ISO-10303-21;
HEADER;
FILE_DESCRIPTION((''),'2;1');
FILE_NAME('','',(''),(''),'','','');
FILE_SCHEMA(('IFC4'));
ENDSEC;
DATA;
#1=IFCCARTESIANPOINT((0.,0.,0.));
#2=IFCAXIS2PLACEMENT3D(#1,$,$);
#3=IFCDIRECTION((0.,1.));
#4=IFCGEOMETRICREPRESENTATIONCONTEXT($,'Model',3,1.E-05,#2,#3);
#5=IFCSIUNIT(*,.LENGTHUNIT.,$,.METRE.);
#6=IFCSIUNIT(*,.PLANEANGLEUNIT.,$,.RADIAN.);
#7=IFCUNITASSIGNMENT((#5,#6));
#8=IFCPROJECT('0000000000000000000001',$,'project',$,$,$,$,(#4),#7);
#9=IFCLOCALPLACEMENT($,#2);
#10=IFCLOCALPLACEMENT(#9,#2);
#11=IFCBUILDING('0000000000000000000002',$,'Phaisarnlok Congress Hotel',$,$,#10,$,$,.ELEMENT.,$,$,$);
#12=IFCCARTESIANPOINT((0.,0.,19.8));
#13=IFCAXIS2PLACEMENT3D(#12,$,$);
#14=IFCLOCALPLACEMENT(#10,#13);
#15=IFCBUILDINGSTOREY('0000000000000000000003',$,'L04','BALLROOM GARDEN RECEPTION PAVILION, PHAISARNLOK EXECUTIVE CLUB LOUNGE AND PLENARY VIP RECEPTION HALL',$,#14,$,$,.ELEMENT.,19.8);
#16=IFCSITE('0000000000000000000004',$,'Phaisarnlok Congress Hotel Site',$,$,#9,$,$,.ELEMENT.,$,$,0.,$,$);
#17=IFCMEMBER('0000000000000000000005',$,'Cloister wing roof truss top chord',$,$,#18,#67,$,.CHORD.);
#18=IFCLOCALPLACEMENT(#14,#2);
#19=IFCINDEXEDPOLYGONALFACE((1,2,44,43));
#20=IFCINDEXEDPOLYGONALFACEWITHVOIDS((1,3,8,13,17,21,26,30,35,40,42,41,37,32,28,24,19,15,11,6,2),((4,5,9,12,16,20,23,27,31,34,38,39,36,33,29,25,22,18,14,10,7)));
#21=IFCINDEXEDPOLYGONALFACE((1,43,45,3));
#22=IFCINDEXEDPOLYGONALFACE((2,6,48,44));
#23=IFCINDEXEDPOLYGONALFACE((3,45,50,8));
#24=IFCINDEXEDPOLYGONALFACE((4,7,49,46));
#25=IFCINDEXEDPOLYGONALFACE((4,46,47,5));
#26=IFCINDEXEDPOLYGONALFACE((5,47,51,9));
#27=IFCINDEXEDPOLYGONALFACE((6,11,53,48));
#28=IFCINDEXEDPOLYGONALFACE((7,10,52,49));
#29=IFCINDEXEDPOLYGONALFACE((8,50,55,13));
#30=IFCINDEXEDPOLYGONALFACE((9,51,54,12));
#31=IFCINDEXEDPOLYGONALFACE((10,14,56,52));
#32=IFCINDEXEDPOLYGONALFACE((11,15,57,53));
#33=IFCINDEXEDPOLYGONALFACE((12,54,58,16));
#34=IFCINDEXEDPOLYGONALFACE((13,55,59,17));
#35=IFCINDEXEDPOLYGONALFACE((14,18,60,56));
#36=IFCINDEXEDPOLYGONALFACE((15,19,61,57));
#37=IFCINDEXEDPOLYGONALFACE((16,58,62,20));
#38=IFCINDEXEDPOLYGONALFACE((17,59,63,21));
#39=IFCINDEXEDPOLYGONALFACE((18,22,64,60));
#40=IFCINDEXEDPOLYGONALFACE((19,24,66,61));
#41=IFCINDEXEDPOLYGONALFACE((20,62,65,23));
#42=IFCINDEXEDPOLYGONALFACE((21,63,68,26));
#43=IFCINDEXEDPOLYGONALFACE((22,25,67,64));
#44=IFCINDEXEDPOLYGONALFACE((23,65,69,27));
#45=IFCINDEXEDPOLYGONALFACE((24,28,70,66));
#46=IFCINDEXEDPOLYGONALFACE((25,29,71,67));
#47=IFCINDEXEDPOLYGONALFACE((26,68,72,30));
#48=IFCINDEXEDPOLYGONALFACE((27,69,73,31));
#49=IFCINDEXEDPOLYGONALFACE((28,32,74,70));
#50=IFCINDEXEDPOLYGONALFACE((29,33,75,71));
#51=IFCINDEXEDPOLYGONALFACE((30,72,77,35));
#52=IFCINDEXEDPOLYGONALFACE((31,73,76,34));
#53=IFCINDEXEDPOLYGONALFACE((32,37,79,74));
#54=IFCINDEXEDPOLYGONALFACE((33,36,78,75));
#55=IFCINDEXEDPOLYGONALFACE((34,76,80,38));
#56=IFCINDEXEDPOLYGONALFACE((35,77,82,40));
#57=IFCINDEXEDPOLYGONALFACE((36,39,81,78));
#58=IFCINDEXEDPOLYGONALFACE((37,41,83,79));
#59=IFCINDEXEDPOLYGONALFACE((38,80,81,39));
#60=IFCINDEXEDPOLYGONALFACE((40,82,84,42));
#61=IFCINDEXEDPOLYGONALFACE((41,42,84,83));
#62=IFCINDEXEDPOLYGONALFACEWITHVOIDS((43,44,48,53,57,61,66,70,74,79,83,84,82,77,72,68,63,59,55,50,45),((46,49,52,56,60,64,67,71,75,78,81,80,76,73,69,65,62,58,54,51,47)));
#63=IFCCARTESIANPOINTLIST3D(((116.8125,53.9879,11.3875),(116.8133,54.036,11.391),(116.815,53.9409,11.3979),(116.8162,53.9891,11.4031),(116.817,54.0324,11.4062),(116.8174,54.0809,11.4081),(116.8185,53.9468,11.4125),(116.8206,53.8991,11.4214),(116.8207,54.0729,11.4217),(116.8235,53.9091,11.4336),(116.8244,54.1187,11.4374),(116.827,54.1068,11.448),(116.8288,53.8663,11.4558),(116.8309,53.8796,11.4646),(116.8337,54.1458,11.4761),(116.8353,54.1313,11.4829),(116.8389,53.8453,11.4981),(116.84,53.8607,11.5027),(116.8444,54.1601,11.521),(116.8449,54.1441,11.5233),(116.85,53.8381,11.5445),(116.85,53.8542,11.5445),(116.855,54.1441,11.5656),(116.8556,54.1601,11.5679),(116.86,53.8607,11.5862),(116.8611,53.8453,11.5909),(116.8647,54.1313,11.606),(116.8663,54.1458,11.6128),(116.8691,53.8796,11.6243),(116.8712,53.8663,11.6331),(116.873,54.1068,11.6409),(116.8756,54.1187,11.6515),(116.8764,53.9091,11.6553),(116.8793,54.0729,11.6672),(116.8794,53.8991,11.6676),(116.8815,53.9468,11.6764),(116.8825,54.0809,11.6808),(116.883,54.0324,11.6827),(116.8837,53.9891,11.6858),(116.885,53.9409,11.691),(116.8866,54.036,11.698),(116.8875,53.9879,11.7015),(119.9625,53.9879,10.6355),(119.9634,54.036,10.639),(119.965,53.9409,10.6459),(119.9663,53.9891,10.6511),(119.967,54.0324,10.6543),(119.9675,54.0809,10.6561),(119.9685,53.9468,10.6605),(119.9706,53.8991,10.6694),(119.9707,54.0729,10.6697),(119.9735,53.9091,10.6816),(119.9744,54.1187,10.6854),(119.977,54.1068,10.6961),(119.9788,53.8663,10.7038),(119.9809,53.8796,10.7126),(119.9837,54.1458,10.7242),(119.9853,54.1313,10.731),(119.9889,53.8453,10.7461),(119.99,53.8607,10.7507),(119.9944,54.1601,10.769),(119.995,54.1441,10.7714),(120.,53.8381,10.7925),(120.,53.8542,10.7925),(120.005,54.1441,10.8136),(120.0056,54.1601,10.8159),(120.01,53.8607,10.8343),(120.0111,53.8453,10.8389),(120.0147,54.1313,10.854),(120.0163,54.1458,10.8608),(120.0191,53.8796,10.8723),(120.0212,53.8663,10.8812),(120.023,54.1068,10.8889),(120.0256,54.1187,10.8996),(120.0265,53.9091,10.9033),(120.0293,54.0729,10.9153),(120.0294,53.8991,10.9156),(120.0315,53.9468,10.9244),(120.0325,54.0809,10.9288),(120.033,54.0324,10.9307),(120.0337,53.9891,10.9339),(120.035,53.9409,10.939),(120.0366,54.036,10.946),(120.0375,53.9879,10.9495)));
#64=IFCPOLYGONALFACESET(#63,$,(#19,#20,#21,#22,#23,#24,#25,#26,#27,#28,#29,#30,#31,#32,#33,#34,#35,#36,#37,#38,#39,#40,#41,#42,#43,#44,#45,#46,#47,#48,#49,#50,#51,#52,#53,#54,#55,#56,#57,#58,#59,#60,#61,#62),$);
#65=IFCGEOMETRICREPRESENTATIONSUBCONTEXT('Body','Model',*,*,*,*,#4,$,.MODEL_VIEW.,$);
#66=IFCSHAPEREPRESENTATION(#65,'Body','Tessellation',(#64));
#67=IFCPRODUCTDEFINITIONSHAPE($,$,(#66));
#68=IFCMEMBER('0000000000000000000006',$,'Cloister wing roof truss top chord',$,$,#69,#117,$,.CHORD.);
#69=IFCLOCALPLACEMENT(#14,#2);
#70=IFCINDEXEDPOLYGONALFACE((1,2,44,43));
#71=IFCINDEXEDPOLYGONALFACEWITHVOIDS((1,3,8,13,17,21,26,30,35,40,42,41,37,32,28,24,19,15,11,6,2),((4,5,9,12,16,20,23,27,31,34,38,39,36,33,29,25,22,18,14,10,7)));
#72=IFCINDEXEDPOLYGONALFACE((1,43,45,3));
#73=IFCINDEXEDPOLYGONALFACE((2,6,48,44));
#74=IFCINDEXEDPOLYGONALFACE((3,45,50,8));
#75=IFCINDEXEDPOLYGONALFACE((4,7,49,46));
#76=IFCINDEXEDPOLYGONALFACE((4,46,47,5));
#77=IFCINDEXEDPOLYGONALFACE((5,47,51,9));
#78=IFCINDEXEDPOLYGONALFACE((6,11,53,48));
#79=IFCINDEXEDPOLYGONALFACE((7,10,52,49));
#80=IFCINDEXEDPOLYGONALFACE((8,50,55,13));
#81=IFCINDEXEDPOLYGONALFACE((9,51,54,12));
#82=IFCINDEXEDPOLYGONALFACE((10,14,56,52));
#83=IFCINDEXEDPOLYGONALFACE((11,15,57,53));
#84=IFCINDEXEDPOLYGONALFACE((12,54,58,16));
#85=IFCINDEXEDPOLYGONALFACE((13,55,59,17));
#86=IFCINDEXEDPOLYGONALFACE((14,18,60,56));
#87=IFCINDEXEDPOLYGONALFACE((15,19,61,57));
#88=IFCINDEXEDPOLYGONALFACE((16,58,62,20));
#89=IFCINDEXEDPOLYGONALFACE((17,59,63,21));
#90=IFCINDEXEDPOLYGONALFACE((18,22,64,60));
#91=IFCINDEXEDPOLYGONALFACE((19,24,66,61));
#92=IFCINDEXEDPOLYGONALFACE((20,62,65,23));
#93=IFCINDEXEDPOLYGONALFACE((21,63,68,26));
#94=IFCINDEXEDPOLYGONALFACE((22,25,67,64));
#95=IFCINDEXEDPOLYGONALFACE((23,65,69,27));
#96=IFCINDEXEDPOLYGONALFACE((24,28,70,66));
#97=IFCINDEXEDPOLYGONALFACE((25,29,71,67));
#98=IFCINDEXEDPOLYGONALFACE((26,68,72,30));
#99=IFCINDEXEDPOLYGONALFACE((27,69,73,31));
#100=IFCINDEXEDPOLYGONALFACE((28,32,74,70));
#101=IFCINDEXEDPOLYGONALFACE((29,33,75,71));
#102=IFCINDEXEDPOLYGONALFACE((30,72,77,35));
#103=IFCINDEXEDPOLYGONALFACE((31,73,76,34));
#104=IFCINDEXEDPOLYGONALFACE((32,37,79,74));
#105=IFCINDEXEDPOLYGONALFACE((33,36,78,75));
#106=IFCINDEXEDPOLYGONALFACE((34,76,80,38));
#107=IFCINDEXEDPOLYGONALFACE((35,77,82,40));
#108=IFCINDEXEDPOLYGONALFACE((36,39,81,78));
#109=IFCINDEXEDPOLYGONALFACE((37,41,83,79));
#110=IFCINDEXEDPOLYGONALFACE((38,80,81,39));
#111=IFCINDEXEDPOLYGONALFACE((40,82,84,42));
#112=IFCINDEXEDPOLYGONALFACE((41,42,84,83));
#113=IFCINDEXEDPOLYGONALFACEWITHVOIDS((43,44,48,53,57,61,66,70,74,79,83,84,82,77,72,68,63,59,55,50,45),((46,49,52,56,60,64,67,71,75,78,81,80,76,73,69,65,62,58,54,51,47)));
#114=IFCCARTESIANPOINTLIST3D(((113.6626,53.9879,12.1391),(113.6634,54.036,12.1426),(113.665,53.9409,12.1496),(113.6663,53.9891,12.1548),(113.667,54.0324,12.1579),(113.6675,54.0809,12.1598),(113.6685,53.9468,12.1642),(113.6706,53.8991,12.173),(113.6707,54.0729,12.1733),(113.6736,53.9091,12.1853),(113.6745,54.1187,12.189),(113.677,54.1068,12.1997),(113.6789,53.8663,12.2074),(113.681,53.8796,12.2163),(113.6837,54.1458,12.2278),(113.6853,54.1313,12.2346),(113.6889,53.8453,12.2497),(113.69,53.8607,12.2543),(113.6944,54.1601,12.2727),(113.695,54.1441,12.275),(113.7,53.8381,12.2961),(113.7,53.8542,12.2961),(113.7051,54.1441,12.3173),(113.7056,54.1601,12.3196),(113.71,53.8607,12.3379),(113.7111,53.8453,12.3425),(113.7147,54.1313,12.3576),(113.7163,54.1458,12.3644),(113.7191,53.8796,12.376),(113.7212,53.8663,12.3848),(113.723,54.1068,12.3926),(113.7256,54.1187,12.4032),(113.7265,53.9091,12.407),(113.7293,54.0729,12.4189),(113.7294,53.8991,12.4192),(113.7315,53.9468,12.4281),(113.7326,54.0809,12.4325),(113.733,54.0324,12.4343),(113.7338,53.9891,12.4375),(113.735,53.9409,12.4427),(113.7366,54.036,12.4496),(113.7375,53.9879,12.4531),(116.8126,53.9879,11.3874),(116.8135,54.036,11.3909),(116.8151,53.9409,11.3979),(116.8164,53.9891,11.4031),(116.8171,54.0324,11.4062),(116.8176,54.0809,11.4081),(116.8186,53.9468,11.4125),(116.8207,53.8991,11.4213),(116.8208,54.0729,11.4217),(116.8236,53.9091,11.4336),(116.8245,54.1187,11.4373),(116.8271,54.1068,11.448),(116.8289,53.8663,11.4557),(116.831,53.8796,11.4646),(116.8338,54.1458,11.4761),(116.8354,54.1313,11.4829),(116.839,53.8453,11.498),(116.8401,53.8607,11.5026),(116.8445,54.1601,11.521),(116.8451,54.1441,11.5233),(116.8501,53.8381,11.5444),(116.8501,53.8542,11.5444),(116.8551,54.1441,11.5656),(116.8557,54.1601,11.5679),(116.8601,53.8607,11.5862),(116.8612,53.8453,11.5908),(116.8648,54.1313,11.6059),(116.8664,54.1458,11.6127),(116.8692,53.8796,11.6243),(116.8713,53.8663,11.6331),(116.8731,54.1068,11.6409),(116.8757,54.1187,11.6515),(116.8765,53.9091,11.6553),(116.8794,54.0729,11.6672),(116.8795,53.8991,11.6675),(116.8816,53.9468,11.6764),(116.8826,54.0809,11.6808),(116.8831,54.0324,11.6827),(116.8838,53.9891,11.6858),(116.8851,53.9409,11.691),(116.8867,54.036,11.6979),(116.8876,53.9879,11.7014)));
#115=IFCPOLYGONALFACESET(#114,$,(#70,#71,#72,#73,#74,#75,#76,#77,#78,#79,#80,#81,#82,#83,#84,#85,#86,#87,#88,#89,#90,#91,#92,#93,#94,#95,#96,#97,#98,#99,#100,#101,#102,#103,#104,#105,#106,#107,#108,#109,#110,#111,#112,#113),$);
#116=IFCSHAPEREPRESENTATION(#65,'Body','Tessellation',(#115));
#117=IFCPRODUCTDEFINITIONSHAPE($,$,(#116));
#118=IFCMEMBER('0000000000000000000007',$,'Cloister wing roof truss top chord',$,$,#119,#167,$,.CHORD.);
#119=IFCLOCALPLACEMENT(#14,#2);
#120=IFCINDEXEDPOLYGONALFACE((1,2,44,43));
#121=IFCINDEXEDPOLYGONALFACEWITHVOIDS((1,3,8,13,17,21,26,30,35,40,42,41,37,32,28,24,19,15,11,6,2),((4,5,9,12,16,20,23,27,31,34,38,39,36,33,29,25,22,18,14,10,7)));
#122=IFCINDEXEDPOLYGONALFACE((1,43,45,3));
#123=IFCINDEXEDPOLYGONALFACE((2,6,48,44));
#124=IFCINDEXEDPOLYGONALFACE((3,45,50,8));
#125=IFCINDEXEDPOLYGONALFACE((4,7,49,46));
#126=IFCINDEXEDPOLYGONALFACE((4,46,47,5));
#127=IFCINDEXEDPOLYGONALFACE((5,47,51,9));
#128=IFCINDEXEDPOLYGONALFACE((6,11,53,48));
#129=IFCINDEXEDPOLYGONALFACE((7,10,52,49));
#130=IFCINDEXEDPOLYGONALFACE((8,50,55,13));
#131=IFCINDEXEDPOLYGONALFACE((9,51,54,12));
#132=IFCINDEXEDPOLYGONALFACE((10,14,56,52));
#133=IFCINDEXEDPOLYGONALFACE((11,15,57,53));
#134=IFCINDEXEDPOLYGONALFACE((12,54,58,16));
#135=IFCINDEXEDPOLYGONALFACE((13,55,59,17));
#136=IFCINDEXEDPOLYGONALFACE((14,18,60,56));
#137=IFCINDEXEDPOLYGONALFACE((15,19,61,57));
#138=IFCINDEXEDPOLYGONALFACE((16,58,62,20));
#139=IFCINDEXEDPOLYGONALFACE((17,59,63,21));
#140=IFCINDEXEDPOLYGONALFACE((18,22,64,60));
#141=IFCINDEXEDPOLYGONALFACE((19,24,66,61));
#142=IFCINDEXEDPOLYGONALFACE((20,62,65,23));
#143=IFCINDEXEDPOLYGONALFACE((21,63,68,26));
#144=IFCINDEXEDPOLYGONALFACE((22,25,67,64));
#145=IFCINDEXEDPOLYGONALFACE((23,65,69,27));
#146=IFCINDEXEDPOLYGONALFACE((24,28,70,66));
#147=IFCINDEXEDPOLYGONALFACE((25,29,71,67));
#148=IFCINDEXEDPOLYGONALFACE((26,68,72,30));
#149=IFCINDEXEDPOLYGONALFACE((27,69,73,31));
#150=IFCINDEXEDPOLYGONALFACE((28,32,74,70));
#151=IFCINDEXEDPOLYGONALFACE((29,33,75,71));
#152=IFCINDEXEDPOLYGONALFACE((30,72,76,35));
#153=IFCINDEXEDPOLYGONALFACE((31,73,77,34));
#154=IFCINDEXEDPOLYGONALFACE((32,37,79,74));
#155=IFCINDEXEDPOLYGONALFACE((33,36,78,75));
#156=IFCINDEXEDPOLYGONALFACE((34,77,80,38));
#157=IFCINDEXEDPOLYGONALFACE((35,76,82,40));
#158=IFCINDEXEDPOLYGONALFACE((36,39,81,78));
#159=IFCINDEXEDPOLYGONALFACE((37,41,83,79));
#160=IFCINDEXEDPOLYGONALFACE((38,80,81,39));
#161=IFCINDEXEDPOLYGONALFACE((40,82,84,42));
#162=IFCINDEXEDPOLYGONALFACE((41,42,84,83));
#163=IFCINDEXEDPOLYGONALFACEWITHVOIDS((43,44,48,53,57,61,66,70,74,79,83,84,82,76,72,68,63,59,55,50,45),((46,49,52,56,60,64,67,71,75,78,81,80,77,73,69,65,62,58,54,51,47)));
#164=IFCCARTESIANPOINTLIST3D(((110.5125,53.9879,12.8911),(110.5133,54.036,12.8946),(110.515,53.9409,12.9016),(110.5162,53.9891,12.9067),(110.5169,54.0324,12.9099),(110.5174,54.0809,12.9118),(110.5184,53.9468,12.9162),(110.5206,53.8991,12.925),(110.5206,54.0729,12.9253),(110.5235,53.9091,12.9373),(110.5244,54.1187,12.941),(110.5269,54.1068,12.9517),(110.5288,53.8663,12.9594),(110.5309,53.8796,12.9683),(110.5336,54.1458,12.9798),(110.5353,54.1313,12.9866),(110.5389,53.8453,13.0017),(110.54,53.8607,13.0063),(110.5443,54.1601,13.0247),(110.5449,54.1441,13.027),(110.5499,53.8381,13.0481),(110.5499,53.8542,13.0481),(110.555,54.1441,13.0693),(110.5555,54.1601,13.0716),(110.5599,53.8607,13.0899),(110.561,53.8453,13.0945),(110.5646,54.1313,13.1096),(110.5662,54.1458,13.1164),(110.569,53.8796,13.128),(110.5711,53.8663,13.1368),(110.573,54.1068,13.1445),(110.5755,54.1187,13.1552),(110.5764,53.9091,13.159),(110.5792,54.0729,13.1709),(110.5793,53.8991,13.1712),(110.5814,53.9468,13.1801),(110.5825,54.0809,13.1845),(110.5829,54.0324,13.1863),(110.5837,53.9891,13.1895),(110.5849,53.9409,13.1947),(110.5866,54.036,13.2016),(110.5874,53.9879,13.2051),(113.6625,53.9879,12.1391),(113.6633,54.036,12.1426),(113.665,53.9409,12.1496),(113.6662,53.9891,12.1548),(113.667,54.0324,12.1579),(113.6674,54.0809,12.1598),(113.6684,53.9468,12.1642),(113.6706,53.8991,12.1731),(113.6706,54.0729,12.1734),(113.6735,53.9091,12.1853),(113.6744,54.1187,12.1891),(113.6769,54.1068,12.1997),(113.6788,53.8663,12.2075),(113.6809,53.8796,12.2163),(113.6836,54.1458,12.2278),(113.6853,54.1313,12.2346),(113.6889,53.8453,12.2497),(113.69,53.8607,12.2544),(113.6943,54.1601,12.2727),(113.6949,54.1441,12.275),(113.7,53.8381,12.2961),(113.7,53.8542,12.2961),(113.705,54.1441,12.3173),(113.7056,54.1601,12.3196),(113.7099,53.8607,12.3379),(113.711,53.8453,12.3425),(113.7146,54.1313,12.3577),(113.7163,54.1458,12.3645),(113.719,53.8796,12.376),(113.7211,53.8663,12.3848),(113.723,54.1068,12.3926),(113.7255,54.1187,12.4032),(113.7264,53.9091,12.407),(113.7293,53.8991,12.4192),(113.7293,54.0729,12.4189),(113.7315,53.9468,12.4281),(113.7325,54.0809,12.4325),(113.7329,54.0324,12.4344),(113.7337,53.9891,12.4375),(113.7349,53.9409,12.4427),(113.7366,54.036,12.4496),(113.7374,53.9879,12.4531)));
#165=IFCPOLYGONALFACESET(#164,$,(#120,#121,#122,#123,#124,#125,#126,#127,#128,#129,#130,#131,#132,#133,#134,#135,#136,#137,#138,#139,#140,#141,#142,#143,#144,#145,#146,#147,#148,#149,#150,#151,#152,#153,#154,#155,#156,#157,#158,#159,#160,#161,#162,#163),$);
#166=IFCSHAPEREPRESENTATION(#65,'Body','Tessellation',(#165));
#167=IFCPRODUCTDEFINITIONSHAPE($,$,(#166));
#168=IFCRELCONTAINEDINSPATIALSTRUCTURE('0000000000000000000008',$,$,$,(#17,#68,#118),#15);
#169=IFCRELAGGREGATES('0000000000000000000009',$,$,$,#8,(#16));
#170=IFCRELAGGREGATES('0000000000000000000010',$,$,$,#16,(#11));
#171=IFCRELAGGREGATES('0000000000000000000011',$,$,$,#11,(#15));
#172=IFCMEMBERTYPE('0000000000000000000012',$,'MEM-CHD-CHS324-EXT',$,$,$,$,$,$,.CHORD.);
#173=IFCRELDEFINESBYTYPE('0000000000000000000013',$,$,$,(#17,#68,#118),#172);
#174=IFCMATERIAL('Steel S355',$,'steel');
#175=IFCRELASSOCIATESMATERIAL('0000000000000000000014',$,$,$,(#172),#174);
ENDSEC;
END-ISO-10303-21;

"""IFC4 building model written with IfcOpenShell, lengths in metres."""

from ifc_helpers import new_model, si_unit, direction, frame, origin, origin_2d, place, context, subcontext, project, spatial, hollow_circle, extrude, material, material_profile, profile_set, type_object, element, save


model = new_model("IFC4")

# Units and contexts
model_context = context("Model", 3, precision=1e-05, world=origin(), true_north=direction((0.0, 1.0)))
body_context = subcontext(model_context, "Body", "Model", "MODEL_VIEW")
ifc_project = project(units=[si_unit("LENGTHUNIT", "METRE"), si_unit("PLANEANGLEUNIT", "RADIAN")], contexts=[model_context])

# Site, building, storey
site_placement = place(None, origin())
site = spatial("IfcSite", under=ifc_project, at=site_placement, Name="Phaisarnlok Congress Hotel Site", CompositionType="ELEMENT", RefElevation=0.0)
building_placement = place(site_placement, origin())
building = spatial("IfcBuilding", under=site, at=building_placement, Name="Phaisarnlok Congress Hotel", CompositionType="ELEMENT")
storey_placement = place(building_placement, frame((0.0, 0.0, 19.8)))
storey = spatial("IfcBuildingStorey", under=building, at=storey_placement, Name="L04", Description="BALLROOM GARDEN RECEPTION PAVILION, PHAISARNLOK EXECUTIVE CLUB LOUNGE AND PLENARY VIP RECEPTION HALL", CompositionType="ELEMENT", Elevation=19.8)

# Shared definitions
ifc_material_1 = material(Name="Steel S355", Category="steel")

# Members
ifc_material_profile_1 = material_profile(ifc_material_1, hollow_circle(Radius=0.1619, WallThickness=0.0161, at=origin_2d()), Name="CHS 323.9x16")
ifc_profile_set_1 = profile_set([ifc_material_profile_1], Name="Steel S355")
member_type_1 = type_object("IfcMemberType", Name="MEM-CHD-CHS324-EXT", PredefinedType="CHORD", material=ifc_profile_set_1)
for number, where, z_axis, x_axis, name in (
    (1, (120.0, 54.0, 10.7925), (-0.972669, 0.0, 0.232198), (0.0, -1.0, 0.0), "Cloister wing roof truss top chord"),
    (2, (116.8501, 54.0, 11.5444), (-0.97269, 0.0, 0.23211), (0.0, -1.0, 0.0), "Cloister wing roof truss top chord"),
    (3, (113.7, 54.0, 12.2961), (-0.972669, 0.0, 0.232198), (0.0, -1.0, 0.0), "Cloister wing roof truss top chord"),
):
    element("IfcMember", number, at=place(storey_placement, frame(where, z_axis=z_axis, x_axis=x_axis)), inside=storey, type_object=member_type_1, Name=name, PredefinedType="CHORD", context=body_context, shape_type="SweptSolid", body=[
        extrude(hollow_circle(Radius=0.1619, WallThickness=0.0161, at=origin_2d()), origin(), (0.0, 0.0, 1.0), 3.2385),
    ])

save(model, "model.ifc")
